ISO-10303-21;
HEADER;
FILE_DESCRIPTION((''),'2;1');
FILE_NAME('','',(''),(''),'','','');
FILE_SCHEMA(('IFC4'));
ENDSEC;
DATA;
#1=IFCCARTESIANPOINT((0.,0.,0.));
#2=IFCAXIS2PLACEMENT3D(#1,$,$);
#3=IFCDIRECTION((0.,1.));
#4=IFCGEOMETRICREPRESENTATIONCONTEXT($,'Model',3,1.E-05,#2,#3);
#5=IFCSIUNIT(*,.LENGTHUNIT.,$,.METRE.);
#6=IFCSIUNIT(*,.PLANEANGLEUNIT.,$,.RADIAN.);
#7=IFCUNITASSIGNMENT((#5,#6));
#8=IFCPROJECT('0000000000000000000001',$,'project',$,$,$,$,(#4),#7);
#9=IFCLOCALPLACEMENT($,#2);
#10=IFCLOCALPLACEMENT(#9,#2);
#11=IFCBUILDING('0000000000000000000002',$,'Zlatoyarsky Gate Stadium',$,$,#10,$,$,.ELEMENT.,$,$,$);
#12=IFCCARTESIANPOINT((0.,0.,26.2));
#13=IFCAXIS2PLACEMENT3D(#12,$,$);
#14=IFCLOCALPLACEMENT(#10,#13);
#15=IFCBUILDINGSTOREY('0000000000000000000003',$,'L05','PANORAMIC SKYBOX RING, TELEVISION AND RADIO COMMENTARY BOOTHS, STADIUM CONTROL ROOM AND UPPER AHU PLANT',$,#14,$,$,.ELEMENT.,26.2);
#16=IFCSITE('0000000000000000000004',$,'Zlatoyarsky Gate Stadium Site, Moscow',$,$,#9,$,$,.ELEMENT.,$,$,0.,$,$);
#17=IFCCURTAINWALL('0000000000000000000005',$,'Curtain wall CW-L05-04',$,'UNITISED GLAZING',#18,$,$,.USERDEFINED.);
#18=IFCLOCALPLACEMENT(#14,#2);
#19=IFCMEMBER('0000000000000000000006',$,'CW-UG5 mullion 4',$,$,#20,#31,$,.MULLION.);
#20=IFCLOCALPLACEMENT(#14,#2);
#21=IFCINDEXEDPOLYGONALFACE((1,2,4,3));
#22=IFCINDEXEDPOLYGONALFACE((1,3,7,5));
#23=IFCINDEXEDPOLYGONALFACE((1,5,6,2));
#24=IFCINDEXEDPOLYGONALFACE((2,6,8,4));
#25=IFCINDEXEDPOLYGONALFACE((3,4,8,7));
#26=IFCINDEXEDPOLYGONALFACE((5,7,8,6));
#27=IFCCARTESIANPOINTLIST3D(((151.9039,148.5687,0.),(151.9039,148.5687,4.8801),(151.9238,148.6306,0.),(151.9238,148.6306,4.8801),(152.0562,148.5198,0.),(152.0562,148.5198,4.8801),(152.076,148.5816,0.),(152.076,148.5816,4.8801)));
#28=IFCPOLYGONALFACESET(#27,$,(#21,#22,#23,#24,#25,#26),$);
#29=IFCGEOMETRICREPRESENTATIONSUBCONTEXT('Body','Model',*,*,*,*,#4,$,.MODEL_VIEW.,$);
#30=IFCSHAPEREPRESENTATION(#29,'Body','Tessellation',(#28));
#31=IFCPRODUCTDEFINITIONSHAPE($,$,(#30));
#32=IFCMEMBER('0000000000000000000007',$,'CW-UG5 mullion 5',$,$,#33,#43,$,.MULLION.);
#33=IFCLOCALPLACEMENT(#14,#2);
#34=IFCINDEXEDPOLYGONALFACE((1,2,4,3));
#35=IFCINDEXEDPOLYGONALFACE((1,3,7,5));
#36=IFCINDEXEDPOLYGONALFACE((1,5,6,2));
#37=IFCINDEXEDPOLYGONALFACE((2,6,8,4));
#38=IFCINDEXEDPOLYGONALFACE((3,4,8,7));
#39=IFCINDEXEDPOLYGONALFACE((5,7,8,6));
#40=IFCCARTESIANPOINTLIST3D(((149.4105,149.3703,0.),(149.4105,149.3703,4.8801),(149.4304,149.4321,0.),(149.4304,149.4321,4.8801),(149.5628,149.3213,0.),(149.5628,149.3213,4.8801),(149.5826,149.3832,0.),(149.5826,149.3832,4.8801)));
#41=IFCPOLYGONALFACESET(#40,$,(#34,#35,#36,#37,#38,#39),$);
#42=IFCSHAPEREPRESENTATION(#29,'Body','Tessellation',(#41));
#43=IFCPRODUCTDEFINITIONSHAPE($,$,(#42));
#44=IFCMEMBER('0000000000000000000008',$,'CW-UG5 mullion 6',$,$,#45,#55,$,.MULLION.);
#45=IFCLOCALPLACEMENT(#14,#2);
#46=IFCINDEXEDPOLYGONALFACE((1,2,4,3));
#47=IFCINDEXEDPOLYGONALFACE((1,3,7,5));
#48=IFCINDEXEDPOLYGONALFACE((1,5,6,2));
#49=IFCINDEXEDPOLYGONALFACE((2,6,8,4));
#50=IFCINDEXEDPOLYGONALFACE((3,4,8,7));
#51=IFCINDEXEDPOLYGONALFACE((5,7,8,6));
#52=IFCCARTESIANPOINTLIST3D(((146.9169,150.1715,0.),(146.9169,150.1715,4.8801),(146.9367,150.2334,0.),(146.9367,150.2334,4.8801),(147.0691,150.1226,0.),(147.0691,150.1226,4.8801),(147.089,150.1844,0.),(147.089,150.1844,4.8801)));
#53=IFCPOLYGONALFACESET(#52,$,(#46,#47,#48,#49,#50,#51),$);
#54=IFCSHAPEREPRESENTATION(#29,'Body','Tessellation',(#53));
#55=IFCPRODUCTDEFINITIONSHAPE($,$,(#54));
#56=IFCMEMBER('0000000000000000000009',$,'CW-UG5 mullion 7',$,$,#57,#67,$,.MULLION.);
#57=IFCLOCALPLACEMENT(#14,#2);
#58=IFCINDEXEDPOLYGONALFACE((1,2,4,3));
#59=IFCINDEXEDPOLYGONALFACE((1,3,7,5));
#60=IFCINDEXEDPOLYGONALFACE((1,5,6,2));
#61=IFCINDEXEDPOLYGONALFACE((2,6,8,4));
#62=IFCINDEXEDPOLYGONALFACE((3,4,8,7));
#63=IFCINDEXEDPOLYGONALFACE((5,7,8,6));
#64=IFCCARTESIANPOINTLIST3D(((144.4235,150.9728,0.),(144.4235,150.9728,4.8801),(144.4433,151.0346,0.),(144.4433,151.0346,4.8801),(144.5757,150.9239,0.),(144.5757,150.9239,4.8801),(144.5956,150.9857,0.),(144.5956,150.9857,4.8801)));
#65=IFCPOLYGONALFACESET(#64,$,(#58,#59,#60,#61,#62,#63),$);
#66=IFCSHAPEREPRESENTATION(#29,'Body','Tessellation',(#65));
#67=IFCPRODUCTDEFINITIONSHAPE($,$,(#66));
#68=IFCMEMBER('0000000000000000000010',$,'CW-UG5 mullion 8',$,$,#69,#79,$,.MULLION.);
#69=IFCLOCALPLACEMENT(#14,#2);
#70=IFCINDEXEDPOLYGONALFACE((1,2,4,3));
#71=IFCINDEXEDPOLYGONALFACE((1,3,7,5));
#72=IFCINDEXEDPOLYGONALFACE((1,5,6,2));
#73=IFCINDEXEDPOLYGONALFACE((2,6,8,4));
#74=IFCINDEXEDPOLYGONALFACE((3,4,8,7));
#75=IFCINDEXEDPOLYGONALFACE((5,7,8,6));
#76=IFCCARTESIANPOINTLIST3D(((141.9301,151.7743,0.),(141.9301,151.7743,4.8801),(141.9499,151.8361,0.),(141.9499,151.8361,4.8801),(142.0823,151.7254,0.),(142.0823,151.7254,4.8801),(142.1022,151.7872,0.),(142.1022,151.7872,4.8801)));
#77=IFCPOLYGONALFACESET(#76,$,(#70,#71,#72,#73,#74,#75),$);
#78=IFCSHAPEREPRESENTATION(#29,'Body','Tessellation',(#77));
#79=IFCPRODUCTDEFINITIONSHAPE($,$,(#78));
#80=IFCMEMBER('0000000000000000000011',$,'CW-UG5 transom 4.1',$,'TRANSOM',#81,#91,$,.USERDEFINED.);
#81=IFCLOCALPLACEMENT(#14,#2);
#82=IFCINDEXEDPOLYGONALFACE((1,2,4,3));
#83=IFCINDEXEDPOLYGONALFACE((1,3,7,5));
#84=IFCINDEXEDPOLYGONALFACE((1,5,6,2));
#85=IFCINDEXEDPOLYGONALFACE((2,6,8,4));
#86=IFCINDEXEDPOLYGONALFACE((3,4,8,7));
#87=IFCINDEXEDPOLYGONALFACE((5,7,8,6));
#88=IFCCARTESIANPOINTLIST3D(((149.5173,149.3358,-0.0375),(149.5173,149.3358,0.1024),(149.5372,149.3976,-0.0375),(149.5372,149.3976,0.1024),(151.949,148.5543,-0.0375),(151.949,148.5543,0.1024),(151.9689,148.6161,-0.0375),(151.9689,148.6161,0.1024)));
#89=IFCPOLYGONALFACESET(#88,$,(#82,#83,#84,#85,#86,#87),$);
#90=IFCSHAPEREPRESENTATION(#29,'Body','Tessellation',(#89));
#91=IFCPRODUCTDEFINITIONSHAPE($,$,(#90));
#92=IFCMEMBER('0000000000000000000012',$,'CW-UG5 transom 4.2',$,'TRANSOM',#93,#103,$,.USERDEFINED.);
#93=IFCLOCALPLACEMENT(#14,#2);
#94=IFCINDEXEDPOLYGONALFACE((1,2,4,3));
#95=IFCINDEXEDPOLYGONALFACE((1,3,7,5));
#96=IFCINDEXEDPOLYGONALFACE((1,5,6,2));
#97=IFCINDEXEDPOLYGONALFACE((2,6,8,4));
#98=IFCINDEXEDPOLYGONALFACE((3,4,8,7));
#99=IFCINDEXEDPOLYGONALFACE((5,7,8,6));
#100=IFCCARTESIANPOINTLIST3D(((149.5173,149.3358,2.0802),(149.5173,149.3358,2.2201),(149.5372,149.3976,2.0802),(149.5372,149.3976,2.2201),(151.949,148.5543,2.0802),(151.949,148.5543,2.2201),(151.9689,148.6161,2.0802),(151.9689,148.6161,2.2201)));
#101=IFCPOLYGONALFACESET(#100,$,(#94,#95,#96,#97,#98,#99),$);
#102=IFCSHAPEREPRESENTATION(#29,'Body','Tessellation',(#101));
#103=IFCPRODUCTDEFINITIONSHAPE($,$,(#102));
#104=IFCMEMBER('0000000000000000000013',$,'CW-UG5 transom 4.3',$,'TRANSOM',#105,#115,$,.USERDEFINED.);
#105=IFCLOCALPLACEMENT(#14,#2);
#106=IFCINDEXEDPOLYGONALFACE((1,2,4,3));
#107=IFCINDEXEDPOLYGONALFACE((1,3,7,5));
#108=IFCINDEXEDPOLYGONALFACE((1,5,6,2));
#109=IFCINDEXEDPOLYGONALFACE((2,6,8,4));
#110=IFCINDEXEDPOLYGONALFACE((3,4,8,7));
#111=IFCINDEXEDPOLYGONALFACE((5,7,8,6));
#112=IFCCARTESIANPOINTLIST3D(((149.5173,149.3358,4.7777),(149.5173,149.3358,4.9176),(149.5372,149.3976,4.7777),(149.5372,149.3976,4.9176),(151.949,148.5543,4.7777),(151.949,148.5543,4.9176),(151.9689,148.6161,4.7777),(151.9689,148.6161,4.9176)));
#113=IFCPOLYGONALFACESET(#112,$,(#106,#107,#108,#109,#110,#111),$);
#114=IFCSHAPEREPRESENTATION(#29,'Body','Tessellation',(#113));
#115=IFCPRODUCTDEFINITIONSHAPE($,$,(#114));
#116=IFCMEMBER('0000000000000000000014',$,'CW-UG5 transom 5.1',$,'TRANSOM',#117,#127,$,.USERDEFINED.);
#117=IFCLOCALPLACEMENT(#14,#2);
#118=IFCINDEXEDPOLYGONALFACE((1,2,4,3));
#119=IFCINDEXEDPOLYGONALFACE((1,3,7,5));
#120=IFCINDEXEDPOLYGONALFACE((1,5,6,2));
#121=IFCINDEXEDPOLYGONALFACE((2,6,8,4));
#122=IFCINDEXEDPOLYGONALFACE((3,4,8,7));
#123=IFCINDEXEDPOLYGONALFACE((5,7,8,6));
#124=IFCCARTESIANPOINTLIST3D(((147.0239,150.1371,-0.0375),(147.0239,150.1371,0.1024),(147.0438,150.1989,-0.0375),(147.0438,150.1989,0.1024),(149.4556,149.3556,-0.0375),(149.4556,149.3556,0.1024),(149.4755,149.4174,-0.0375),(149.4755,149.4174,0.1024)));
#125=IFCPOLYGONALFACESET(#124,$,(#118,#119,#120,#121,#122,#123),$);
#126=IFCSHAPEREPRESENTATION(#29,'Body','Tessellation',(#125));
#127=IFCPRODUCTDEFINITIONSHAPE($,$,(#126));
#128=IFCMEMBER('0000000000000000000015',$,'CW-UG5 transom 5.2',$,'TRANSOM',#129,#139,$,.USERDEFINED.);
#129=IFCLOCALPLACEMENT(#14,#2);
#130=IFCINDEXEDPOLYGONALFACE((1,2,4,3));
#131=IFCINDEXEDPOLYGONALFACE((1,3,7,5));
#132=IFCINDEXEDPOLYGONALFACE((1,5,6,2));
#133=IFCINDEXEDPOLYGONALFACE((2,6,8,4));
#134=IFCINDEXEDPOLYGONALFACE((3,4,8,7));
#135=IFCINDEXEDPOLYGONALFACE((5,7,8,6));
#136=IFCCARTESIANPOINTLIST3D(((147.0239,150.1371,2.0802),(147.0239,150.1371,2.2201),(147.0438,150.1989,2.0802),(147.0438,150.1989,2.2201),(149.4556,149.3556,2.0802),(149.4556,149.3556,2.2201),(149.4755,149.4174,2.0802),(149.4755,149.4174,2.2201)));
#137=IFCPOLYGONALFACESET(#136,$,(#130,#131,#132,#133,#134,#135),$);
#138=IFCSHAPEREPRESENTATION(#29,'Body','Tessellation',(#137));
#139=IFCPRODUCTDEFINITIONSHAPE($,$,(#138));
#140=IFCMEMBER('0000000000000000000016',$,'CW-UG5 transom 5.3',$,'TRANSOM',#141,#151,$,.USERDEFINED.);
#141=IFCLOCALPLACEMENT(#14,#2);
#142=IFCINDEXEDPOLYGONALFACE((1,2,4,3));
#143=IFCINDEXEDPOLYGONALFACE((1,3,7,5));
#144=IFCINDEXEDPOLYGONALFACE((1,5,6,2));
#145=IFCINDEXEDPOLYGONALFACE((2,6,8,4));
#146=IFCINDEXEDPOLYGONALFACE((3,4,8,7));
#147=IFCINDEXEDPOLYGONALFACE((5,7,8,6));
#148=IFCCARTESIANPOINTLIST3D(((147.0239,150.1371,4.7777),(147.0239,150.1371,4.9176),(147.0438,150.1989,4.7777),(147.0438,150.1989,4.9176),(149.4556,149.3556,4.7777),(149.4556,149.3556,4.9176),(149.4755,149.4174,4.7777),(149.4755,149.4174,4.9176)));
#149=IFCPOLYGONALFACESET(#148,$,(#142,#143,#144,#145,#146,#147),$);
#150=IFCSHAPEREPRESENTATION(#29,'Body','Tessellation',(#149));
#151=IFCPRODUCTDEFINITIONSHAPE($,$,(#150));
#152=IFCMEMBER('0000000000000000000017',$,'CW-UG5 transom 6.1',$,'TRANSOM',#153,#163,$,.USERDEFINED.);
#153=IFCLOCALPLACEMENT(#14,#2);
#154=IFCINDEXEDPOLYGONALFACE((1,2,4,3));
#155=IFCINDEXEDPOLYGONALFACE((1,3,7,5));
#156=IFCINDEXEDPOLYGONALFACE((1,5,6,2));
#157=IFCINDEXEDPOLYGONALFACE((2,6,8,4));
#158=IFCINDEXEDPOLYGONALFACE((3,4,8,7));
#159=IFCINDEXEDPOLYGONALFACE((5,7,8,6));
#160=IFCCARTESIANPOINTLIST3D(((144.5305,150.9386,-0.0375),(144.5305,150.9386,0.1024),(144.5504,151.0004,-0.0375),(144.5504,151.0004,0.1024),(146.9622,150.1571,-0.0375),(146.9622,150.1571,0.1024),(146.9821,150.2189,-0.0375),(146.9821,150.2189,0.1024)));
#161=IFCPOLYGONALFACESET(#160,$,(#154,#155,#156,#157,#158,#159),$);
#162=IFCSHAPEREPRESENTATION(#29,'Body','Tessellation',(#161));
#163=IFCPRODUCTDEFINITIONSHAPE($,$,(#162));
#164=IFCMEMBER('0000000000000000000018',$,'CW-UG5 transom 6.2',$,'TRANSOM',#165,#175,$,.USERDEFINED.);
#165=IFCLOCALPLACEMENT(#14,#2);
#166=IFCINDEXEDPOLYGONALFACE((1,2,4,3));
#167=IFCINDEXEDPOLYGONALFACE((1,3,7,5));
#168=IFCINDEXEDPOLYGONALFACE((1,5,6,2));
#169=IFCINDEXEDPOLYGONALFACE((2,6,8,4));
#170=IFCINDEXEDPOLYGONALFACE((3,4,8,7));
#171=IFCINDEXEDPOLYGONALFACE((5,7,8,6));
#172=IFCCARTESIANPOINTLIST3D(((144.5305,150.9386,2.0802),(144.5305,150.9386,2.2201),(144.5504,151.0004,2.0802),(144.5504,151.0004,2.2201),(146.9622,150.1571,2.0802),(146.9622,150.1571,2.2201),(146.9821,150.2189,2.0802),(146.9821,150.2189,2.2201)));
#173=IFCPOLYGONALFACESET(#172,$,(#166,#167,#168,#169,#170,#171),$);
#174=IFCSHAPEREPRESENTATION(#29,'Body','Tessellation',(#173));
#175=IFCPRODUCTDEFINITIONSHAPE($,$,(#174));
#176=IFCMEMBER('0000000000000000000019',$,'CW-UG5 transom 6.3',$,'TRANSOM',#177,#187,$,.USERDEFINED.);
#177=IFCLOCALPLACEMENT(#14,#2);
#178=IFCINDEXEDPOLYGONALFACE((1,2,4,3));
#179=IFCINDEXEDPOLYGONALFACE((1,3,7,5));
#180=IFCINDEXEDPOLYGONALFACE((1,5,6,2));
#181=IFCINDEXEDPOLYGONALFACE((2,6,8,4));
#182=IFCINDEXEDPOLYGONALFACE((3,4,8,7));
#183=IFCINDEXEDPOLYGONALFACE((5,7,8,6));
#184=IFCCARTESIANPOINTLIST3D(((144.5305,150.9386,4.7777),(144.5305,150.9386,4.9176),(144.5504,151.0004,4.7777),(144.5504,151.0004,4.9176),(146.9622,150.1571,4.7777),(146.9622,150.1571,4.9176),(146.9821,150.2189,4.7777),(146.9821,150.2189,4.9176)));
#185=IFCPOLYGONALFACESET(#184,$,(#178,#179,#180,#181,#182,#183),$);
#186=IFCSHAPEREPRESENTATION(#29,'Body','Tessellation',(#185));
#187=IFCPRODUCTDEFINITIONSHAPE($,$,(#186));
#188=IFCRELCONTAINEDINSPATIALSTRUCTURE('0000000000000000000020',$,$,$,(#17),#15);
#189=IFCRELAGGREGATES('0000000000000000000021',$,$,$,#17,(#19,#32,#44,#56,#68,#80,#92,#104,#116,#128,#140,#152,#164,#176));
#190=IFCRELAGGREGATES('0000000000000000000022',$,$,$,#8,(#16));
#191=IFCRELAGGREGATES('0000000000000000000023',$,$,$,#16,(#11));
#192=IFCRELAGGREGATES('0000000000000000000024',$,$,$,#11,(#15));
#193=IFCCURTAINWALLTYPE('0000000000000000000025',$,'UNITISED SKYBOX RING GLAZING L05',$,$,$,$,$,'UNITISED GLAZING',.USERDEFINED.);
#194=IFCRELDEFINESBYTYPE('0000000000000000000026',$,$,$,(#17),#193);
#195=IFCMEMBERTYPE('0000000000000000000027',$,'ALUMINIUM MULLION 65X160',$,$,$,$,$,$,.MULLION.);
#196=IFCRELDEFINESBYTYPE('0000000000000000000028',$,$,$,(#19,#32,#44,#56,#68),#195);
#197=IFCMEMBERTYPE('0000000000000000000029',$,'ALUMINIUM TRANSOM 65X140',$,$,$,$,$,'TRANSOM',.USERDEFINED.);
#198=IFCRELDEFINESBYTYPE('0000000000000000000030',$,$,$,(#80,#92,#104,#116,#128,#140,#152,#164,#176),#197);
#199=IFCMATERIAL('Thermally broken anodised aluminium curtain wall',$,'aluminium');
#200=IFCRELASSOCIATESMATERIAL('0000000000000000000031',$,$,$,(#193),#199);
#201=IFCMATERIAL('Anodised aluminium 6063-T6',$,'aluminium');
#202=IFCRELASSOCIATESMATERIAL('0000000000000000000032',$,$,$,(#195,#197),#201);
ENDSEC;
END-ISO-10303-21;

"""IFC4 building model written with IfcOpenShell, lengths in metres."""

from ifc_helpers import new_model, si_unit, direction, frame, origin, origin_2d, place, context, subcontext, project, spatial, rectangle, extrude, material, material_profile, profile_set, type_object, element, aggregate, save


model = new_model("IFC4")

# Units and contexts
model_context = context("Model", 3, precision=1e-05, world=origin(), true_north=direction((0.0, 1.0)))
body_context = subcontext(model_context, "Body", "Model", "MODEL_VIEW")
ifc_project = project(units=[si_unit("LENGTHUNIT", "METRE"), si_unit("PLANEANGLEUNIT", "RADIAN")], contexts=[model_context])

# Site, building, storey
site_placement = place(None, origin())
site = spatial("IfcSite", under=ifc_project, at=site_placement, Name="Zlatoyarsky Gate Stadium Site, Moscow", CompositionType="ELEMENT", RefElevation=0.0)
building_placement = place(site_placement, origin())
building = spatial("IfcBuilding", under=site, at=building_placement, Name="Zlatoyarsky Gate Stadium", CompositionType="ELEMENT")
storey_placement = place(building_placement, frame((0.0, 0.0, 26.2)))
storey = spatial("IfcBuildingStorey", under=building, at=storey_placement, Name="L05", Description="PANORAMIC SKYBOX RING, TELEVISION AND RADIO COMMENTARY BOOTHS, STADIUM CONTROL ROOM AND UPPER AHU PLANT", CompositionType="ELEMENT", Elevation=26.2)

# Curtain wall, members
ifc_material_1 = material(Name="Thermally broken anodised aluminium curtain wall", Category="aluminium")
curtain_wall_type = type_object("IfcCurtainWallType", Name="UNITISED SKYBOX RING GLAZING L05", ElementType="UNITISED GLAZING", PredefinedType="USERDEFINED", material=ifc_material_1)
curtain_wall_placement = place(storey_placement, origin())
curtain_wall = element("IfcCurtainWall", 1, at=curtain_wall_placement, inside=storey, type_object=curtain_wall_type, Name="Curtain wall CW-L05-04", ObjectType="UNITISED GLAZING", PredefinedType="USERDEFINED")
ifc_material_2 = material(Name="Anodised aluminium 6063-T6", Category="aluminium")
ifc_material_profile_1 = material_profile(ifc_material_2, rectangle(XDim=0.0649, YDim=0.1599, at=origin_2d()), Name="ALU 65X160")
ifc_profile_set_1 = profile_set([ifc_material_profile_1], Name="Anodised aluminium 6063-T6")
member_type_1 = type_object("IfcMemberType", Name="ALUMINIUM MULLION 65X160", PredefinedType="MULLION", material=ifc_profile_set_1)
member_1_placement = place(storey_placement, frame((151.99, 148.5752, 0.0), z_axis=(0.0, 0.0, 1.0), x_axis=(-0.305978, -0.952039, 0.0)))
member_1 = element("IfcMember", 2, at=member_1_placement, type_object=member_type_1, Name="CW-UG5 mullion 4", PredefinedType="MULLION", context=body_context, shape_type="SweptSolid", body=[
    extrude(rectangle(XDim=0.0649, YDim=0.1599, at=origin_2d()), origin(), (0.0, 0.0, 1.0), 4.8801),
])
member_2_placement = place(storey_placement, frame((149.4966, 149.3767, 0.0), z_axis=(0.0, 0.0, 1.0), x_axis=(-0.305978, -0.952039, 0.0)))
member_2 = element("IfcMember", 3, at=member_2_placement, type_object=member_type_1, Name="CW-UG5 mullion 5", PredefinedType="MULLION", context=body_context, shape_type="SweptSolid", body=[
    extrude(rectangle(XDim=0.0649, YDim=0.1599, at=origin_2d()), origin(), (0.0, 0.0, 1.0), 4.8801),
])
member_3_placement = place(storey_placement, frame((147.0029, 150.178, 0.0), z_axis=(0.0, 0.0, 1.0), x_axis=(-0.305978, -0.952039, 0.0)))
member_3 = element("IfcMember", 4, at=member_3_placement, type_object=member_type_1, Name="CW-UG5 mullion 6", PredefinedType="MULLION", context=body_context, shape_type="SweptSolid", body=[
    extrude(rectangle(XDim=0.0649, YDim=0.1599, at=origin_2d()), origin(), (0.0, 0.0, 1.0), 4.8801),
])
member_4_placement = place(storey_placement, frame((144.5095, 150.9792, 0.0), z_axis=(0.0, 0.0, 1.0), x_axis=(-0.305978, -0.952039, 0.0)))
member_4 = element("IfcMember", 5, at=member_4_placement, type_object=member_type_1, Name="CW-UG5 mullion 7", PredefinedType="MULLION", context=body_context, shape_type="SweptSolid", body=[
    extrude(rectangle(XDim=0.0649, YDim=0.1599, at=origin_2d()), origin(), (0.0, 0.0, 1.0), 4.8801),
])
member_5_placement = place(storey_placement, frame((142.0161, 151.7808, 0.0), z_axis=(0.0, 0.0, 1.0), x_axis=(-0.305978, -0.952039, 0.0)))
member_5 = element("IfcMember", 6, at=member_5_placement, type_object=member_type_1, Name="CW-UG5 mullion 8", PredefinedType="MULLION", context=body_context, shape_type="SweptSolid", body=[
    extrude(rectangle(XDim=0.0649, YDim=0.1599, at=origin_2d()), origin(), (0.0, 0.0, 1.0), 4.8801),
])
ifc_material_profile_2 = material_profile(ifc_material_2, rectangle(XDim=0.0649, YDim=0.1399, at=origin_2d()), Name="ALU 65X140")
ifc_profile_set_2 = profile_set([ifc_material_profile_2], Name="Anodised aluminium 6063-T6")
member_type_2 = type_object("IfcMemberType", Name="ALUMINIUM TRANSOM 65X140", ElementType="TRANSOM", PredefinedType="USERDEFINED", material=ifc_profile_set_2)
member_6_placement = place(storey_placement, frame((151.959, 148.5852, 0.0325), z_axis=(-0.95204, 0.305972, 0.0), x_axis=(-0.305972, -0.95204, 0.0)))
member_6 = element("IfcMember", 7, at=member_6_placement, type_object=member_type_2, Name="CW-UG5 transom 4.1", ObjectType="TRANSOM", PredefinedType="USERDEFINED", context=body_context, shape_type="SweptSolid", body=[
    extrude(rectangle(XDim=0.0649, YDim=0.1399, at=origin_2d()), origin(), (0.0, 0.0, 1.0), 2.5542),
])
member_7_placement = place(storey_placement, frame((151.959, 148.5852, 2.1501), z_axis=(-0.95204, 0.305972, 0.0), x_axis=(-0.305972, -0.95204, 0.0)))
member_7 = element("IfcMember", 8, at=member_7_placement, type_object=member_type_2, Name="CW-UG5 transom 4.2", ObjectType="TRANSOM", PredefinedType="USERDEFINED", context=body_context, shape_type="SweptSolid", body=[
    extrude(rectangle(XDim=0.0649, YDim=0.1399, at=origin_2d()), origin(), (0.0, 0.0, 1.0), 2.5542),
])
member_8_placement = place(storey_placement, frame((151.959, 148.5852, 4.8477), z_axis=(-0.95204, 0.305972, 0.0), x_axis=(-0.305972, -0.95204, 0.0)))
member_8 = element("IfcMember", 9, at=member_8_placement, type_object=member_type_2, Name="CW-UG5 transom 4.3", ObjectType="TRANSOM", PredefinedType="USERDEFINED", context=body_context, shape_type="SweptSolid", body=[
    extrude(rectangle(XDim=0.0649, YDim=0.1399, at=origin_2d()), origin(), (0.0, 0.0, 1.0), 2.5542),
])
member_9_placement = place(storey_placement, frame((149.4656, 149.3865, 0.0325), z_axis=(-0.95204, 0.305972, 0.0), x_axis=(-0.305972, -0.95204, 0.0)))
member_9 = element("IfcMember", 10, at=member_9_placement, type_object=member_type_2, Name="CW-UG5 transom 5.1", ObjectType="TRANSOM", PredefinedType="USERDEFINED", context=body_context, shape_type="SweptSolid", body=[
    extrude(rectangle(XDim=0.0649, YDim=0.1399, at=origin_2d()), origin(), (0.0, 0.0, 1.0), 2.5542),
])
member_10_placement = place(storey_placement, frame((149.4656, 149.3865, 2.1501), z_axis=(-0.95204, 0.305972, 0.0), x_axis=(-0.305972, -0.95204, 0.0)))
member_10 = element("IfcMember", 11, at=member_10_placement, type_object=member_type_2, Name="CW-UG5 transom 5.2", ObjectType="TRANSOM", PredefinedType="USERDEFINED", context=body_context, shape_type="SweptSolid", body=[
    extrude(rectangle(XDim=0.0649, YDim=0.1399, at=origin_2d()), origin(), (0.0, 0.0, 1.0), 2.5542),
])
member_11_placement = place(storey_placement, frame((149.4656, 149.3865, 4.8477), z_axis=(-0.95204, 0.305972, 0.0), x_axis=(-0.305972, -0.95204, 0.0)))
member_11 = element("IfcMember", 12, at=member_11_placement, type_object=member_type_2, Name="CW-UG5 transom 5.3", ObjectType="TRANSOM", PredefinedType="USERDEFINED", context=body_context, shape_type="SweptSolid", body=[
    extrude(rectangle(XDim=0.0649, YDim=0.1399, at=origin_2d()), origin(), (0.0, 0.0, 1.0), 2.5542),
])
member_12_placement = place(storey_placement, frame((146.9722, 150.188, 0.0325), z_axis=(-0.95204, 0.305972, 0.0), x_axis=(-0.305972, -0.95204, 0.0)))
member_12 = element("IfcMember", 13, at=member_12_placement, type_object=member_type_2, Name="CW-UG5 transom 6.1", ObjectType="TRANSOM", PredefinedType="USERDEFINED", context=body_context, shape_type="SweptSolid", body=[
    extrude(rectangle(XDim=0.0649, YDim=0.1399, at=origin_2d()), origin(), (0.0, 0.0, 1.0), 2.5542),
])
member_13_placement = place(storey_placement, frame((146.9722, 150.188, 2.1501), z_axis=(-0.95204, 0.305972, 0.0), x_axis=(-0.305972, -0.95204, 0.0)))
member_13 = element("IfcMember", 14, at=member_13_placement, type_object=member_type_2, Name="CW-UG5 transom 6.2", ObjectType="TRANSOM", PredefinedType="USERDEFINED", context=body_context, shape_type="SweptSolid", body=[
    extrude(rectangle(XDim=0.0649, YDim=0.1399, at=origin_2d()), origin(), (0.0, 0.0, 1.0), 2.5542),
])
member_14_placement = place(storey_placement, frame((146.9722, 150.188, 4.8477), z_axis=(-0.95204, 0.305972, 0.0), x_axis=(-0.305972, -0.95204, 0.0)))
member_14 = element("IfcMember", 15, at=member_14_placement, type_object=member_type_2, Name="CW-UG5 transom 6.3", ObjectType="TRANSOM", PredefinedType="USERDEFINED", context=body_context, shape_type="SweptSolid", body=[
    extrude(rectangle(XDim=0.0649, YDim=0.1399, at=origin_2d()), origin(), (0.0, 0.0, 1.0), 2.5542),
])

aggregate(curtain_wall, [member_1, member_2, member_3, member_4, member_5, member_6, member_7, member_8, member_9, member_10, member_11, member_12, member_13, member_14])

save(model, "model.ifc")
